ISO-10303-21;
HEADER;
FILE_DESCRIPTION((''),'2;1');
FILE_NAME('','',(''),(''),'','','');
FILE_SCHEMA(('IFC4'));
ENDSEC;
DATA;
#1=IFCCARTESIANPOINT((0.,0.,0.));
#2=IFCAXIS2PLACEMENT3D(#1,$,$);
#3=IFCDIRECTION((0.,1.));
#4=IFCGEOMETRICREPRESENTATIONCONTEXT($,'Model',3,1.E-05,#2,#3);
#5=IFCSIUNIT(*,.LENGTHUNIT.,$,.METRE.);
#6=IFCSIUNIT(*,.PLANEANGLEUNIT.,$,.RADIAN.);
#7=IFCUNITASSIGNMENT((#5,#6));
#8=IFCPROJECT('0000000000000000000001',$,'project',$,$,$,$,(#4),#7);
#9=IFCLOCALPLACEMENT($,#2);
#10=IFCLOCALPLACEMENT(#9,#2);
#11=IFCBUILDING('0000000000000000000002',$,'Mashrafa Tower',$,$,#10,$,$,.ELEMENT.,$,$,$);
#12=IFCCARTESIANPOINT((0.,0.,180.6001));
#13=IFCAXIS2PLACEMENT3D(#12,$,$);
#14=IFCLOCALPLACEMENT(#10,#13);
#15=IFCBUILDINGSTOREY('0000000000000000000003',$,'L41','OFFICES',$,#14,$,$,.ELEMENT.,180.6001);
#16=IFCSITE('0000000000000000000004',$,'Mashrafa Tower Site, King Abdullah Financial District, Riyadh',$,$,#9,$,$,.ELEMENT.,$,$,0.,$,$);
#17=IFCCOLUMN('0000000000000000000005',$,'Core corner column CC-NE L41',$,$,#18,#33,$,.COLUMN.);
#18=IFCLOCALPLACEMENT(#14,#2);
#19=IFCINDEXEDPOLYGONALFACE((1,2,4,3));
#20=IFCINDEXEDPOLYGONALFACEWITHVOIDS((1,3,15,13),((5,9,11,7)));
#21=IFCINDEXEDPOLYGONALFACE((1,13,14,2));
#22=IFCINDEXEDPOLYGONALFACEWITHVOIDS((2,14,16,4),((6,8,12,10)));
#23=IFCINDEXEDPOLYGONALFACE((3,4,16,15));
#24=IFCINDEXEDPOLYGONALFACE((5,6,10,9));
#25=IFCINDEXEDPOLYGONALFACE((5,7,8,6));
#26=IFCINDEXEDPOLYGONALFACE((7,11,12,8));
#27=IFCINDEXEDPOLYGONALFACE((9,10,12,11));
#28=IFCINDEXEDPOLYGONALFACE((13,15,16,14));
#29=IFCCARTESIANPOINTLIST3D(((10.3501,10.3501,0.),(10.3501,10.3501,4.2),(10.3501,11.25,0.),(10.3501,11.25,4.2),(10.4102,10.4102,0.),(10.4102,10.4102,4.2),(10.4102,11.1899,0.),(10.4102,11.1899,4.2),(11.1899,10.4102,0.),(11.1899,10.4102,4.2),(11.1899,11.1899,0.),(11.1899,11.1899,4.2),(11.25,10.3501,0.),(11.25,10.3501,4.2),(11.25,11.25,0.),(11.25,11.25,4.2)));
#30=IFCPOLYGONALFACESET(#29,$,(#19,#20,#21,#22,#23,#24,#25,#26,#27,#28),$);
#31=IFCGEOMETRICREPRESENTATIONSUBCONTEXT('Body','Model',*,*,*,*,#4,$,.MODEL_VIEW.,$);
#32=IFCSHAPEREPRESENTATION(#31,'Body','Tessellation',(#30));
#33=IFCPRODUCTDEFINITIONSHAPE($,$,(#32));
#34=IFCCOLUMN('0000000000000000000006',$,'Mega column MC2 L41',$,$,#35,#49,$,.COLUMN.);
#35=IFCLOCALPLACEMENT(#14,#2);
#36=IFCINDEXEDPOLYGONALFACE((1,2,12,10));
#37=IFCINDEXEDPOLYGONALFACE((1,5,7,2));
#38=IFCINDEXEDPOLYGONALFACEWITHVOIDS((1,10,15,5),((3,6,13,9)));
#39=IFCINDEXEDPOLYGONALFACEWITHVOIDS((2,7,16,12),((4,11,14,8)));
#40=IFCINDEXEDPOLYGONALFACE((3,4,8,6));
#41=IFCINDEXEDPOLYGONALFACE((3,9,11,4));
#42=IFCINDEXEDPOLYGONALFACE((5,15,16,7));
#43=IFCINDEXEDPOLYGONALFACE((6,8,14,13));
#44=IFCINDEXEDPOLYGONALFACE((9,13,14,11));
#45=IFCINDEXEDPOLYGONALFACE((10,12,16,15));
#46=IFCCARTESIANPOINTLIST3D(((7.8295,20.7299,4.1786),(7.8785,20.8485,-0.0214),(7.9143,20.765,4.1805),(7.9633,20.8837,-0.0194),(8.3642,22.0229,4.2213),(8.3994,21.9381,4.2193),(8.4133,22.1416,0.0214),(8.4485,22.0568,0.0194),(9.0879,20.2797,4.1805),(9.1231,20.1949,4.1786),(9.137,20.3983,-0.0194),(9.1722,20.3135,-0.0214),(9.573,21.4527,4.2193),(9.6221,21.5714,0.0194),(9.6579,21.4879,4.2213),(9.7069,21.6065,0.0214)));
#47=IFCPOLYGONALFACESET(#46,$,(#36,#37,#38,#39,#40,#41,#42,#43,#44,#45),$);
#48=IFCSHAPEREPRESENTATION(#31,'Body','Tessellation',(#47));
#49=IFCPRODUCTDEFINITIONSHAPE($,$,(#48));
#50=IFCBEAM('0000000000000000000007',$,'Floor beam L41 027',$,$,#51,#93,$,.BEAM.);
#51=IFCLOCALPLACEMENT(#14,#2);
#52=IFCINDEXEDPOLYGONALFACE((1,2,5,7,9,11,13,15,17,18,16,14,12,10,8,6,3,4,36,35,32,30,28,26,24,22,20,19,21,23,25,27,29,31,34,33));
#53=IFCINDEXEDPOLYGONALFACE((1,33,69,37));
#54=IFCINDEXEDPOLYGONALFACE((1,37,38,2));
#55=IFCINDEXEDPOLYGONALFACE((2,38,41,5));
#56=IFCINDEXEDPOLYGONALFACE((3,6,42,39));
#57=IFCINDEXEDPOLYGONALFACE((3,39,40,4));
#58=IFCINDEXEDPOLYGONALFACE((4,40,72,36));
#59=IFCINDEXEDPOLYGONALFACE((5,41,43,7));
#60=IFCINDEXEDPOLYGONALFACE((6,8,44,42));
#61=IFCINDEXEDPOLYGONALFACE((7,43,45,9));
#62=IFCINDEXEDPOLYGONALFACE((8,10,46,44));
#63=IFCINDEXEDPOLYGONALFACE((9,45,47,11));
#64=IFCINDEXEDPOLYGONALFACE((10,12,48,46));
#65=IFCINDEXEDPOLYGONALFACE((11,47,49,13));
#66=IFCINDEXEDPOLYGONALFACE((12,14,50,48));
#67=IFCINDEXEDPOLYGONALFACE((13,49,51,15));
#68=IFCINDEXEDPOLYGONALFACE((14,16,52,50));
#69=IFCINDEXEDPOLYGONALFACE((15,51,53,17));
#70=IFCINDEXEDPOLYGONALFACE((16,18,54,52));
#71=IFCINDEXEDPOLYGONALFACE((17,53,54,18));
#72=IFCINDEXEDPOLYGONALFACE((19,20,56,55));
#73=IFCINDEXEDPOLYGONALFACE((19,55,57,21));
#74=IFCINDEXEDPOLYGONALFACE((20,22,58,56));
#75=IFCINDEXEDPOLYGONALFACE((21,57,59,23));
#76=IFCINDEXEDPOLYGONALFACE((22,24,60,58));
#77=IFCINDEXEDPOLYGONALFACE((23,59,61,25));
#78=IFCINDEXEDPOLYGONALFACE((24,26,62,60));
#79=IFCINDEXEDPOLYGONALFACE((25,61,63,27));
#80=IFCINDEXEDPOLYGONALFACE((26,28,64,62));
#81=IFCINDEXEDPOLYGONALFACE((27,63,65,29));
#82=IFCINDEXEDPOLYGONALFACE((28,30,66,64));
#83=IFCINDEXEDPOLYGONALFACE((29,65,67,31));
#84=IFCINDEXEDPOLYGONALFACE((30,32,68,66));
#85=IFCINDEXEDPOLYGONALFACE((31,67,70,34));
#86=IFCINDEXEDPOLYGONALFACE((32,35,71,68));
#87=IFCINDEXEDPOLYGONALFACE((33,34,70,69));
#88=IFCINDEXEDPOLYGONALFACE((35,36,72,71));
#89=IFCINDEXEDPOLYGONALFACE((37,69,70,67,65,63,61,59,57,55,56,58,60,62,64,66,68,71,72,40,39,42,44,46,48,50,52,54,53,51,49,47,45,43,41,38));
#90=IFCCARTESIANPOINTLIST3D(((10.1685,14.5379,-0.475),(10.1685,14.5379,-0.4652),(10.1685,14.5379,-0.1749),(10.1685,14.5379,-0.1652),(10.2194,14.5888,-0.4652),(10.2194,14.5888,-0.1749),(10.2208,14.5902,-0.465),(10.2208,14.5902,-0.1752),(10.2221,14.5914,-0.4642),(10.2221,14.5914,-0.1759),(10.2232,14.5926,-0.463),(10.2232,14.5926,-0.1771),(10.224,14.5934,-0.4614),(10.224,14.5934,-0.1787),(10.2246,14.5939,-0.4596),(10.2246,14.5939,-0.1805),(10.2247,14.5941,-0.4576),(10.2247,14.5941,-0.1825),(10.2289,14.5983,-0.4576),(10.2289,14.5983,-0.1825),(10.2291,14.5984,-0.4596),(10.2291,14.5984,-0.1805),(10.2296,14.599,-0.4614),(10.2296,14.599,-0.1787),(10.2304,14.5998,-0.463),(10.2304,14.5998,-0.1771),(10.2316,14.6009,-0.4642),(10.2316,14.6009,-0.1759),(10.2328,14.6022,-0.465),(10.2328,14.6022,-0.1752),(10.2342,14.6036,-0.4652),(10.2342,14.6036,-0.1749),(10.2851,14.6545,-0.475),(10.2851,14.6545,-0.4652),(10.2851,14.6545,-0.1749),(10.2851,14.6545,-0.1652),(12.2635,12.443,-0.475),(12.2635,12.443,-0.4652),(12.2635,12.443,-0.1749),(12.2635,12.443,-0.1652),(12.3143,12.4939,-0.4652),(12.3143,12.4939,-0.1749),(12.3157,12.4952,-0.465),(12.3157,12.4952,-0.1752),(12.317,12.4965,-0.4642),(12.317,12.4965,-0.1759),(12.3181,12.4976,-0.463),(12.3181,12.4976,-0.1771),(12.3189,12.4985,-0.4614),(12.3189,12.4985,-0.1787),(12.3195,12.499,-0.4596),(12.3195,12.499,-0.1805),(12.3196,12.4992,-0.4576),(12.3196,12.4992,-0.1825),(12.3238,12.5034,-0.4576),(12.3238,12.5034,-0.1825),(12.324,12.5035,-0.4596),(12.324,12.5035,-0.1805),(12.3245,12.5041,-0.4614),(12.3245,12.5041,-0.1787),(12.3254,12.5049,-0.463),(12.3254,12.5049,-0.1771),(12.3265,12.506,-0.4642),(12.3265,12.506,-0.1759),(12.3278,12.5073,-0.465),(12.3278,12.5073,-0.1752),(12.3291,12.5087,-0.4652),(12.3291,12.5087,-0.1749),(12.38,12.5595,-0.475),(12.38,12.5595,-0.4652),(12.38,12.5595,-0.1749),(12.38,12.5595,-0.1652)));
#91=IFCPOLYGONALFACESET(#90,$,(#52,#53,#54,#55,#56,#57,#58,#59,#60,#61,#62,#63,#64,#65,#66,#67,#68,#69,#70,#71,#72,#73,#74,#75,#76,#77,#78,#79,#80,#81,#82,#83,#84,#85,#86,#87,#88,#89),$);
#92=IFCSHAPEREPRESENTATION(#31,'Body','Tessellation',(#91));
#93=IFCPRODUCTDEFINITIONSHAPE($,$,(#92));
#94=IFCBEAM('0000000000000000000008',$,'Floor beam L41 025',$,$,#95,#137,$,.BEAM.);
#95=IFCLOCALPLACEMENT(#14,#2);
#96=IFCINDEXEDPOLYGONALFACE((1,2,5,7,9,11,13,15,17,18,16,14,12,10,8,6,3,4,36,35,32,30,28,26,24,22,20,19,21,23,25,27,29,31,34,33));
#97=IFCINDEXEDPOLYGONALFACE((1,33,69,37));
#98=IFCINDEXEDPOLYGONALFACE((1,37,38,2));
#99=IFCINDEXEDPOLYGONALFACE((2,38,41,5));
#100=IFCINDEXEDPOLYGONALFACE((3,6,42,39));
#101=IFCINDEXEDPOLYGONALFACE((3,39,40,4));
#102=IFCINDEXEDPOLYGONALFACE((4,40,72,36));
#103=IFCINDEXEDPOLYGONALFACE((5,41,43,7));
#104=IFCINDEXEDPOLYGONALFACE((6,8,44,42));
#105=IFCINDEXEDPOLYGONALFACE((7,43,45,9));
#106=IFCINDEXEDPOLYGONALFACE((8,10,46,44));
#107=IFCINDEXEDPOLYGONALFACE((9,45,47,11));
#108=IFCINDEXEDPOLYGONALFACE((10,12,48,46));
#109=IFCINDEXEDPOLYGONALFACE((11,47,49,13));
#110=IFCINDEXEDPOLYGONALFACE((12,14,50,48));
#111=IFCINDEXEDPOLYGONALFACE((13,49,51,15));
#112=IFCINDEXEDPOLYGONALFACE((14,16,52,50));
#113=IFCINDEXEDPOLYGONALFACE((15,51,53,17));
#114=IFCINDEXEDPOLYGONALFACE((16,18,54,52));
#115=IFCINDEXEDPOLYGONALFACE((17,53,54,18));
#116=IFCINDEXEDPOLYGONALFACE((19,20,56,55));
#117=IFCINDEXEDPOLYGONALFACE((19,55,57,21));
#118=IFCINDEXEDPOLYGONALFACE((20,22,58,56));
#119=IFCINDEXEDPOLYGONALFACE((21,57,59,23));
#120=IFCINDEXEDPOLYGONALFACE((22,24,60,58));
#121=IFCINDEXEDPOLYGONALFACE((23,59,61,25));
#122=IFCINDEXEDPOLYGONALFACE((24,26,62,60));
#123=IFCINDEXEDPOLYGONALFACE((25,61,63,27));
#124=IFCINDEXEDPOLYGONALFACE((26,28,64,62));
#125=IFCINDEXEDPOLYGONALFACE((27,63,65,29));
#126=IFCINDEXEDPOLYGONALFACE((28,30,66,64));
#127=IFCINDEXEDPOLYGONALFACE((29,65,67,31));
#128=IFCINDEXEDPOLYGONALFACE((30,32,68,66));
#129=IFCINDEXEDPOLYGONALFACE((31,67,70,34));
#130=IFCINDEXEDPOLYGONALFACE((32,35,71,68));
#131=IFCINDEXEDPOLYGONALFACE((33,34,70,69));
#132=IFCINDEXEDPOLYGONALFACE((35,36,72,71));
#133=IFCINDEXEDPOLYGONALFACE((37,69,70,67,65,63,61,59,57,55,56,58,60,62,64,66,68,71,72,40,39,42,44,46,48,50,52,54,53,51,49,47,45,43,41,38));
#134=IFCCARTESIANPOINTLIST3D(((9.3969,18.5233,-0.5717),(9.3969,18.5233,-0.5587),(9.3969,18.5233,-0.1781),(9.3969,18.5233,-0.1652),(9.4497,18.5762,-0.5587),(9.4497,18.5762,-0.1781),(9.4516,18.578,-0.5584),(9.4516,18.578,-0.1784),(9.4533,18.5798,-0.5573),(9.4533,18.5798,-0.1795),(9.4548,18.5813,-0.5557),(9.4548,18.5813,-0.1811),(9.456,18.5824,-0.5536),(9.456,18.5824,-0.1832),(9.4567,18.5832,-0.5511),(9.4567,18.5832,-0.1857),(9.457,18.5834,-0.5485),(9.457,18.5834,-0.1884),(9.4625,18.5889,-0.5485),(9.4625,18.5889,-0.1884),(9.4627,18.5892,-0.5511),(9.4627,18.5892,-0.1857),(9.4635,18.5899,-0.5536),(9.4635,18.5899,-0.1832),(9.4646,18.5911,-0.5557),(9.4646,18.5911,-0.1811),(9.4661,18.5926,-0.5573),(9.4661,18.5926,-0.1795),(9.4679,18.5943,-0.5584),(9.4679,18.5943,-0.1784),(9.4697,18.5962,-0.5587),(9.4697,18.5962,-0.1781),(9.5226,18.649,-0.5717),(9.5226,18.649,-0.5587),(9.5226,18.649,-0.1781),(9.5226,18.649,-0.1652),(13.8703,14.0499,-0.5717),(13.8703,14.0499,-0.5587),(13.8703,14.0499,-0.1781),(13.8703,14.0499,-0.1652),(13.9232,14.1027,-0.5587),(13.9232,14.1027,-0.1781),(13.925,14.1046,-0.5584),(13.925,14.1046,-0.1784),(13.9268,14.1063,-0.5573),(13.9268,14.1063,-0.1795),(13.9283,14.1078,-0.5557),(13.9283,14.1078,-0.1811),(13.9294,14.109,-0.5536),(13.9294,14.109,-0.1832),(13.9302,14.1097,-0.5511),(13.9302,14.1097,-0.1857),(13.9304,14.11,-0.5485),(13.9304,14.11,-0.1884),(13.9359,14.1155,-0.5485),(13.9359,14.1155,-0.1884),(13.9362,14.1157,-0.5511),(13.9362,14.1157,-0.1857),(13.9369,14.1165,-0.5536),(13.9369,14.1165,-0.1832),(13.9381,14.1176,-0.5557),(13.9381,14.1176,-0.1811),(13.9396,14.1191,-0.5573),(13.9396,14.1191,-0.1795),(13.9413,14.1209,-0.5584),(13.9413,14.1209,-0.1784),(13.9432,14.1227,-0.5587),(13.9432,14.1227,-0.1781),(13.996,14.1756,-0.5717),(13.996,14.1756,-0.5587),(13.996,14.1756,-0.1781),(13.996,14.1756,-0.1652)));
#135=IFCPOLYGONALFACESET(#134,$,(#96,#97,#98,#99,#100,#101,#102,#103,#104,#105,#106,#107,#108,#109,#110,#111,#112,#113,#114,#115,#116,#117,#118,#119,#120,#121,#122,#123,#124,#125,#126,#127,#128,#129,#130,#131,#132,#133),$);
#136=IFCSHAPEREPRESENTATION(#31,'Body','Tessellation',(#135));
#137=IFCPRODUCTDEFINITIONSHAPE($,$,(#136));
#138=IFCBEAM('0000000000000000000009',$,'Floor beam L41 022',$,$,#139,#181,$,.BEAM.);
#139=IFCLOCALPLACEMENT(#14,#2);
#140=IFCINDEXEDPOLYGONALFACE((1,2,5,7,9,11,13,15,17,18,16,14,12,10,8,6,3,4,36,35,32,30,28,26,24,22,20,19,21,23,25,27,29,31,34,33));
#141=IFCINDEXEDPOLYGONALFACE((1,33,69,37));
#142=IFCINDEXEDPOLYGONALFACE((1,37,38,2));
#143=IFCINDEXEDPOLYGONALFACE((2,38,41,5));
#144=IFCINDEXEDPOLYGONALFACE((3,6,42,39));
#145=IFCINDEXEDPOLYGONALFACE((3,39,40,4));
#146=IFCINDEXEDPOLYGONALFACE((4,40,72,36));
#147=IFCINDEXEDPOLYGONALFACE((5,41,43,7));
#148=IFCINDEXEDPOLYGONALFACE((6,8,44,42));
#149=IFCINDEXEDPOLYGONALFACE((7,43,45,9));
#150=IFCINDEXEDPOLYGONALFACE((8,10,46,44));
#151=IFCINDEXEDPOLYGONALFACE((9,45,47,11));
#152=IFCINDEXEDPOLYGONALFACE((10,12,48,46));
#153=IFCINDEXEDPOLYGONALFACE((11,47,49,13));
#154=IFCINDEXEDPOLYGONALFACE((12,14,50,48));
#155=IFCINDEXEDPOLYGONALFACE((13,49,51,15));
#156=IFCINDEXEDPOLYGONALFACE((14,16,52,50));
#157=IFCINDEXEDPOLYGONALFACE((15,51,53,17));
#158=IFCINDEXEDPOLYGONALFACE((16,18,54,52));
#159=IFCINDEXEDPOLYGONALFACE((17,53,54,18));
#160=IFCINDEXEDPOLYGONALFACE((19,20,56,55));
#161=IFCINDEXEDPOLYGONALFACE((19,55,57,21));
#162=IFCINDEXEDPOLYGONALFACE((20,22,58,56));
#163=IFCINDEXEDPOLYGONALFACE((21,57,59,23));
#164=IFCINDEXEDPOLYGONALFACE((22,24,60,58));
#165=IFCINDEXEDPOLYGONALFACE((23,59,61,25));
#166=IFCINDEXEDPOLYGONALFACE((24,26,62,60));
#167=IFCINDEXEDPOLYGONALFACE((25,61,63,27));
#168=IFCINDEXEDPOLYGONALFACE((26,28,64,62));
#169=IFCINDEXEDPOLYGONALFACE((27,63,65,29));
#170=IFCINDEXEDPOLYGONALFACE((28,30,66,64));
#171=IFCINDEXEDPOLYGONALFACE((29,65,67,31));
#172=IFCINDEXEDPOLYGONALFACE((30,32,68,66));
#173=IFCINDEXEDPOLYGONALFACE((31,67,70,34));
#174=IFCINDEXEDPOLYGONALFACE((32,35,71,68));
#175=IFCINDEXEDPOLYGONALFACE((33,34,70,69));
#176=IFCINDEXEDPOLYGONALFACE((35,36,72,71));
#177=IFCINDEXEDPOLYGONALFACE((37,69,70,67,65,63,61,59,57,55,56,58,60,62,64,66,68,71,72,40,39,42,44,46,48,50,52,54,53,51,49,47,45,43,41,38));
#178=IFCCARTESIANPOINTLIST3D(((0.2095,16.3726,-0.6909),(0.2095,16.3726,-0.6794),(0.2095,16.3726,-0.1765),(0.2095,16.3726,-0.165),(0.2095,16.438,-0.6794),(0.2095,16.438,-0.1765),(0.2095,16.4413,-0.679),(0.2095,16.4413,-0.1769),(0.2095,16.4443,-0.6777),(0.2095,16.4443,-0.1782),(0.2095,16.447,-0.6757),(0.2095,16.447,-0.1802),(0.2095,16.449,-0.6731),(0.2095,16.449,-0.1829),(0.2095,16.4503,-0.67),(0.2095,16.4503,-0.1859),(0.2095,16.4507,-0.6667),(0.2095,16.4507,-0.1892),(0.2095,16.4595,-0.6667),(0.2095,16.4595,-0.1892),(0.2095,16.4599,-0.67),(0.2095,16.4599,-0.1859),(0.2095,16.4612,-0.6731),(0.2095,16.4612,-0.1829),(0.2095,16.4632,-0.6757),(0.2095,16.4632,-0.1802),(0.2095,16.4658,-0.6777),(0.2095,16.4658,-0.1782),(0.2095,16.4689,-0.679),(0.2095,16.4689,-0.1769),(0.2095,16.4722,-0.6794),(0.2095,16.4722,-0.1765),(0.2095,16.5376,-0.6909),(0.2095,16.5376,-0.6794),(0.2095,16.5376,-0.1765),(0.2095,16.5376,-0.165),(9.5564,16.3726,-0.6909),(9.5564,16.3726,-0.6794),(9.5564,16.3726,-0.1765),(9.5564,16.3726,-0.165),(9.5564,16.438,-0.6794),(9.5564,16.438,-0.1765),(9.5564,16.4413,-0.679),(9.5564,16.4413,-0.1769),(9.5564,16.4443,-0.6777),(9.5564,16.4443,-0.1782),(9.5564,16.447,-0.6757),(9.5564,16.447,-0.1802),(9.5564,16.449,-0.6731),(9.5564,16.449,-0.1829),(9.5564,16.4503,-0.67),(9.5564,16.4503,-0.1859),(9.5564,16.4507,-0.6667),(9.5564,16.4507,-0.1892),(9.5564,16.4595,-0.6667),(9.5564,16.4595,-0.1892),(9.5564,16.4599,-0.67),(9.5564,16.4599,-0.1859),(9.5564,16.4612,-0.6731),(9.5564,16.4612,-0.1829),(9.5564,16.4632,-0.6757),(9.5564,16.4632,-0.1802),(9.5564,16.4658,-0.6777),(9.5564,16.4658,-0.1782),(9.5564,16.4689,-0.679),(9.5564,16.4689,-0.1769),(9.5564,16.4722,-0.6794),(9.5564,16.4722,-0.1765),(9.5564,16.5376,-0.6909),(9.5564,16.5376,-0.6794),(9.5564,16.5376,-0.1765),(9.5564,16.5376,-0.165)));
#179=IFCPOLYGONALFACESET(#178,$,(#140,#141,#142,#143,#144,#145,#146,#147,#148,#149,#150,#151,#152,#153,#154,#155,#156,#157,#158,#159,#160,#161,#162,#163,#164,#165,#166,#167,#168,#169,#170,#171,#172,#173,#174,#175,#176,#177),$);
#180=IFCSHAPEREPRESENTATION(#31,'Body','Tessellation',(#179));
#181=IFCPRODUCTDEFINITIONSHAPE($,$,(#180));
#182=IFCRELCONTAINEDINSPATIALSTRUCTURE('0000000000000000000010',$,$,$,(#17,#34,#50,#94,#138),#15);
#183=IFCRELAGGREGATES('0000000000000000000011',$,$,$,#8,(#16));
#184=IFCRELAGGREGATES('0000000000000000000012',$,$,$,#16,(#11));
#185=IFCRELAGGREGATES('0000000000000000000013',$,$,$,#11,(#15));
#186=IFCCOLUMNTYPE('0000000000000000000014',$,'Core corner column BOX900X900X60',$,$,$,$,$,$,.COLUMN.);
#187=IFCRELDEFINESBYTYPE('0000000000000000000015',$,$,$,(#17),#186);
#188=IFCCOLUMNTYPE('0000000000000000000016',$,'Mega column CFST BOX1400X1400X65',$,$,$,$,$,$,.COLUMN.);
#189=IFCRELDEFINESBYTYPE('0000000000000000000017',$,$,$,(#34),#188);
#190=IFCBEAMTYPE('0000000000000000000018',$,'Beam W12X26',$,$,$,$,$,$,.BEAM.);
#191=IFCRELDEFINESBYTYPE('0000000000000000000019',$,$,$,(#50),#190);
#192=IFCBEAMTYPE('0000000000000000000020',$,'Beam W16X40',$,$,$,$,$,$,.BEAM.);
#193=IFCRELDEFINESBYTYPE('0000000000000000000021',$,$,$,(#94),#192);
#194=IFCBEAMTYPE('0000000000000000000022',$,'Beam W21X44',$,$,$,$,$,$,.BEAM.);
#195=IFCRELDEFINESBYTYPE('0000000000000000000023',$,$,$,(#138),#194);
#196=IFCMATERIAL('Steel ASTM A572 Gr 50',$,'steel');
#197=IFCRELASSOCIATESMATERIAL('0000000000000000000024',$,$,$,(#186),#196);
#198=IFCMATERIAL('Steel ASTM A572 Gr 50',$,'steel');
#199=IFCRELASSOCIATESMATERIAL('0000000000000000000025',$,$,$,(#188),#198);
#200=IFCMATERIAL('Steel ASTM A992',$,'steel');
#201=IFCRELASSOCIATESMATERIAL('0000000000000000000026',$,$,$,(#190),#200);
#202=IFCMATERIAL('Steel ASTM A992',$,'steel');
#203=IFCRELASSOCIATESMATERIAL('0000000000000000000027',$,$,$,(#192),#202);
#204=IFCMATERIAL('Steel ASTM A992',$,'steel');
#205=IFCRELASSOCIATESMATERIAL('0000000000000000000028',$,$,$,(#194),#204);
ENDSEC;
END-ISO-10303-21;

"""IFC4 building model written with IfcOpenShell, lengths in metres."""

from ifc_helpers import new_model, si_unit, direction, frame, origin, origin_2d, place, context, subcontext, project, spatial, hollow_rectangle, i_section, extrude, material, material_profile, profile_set, type_object, element, save


model = new_model("IFC4")

# Units and contexts
model_context = context("Model", 3, precision=1e-05, world=origin(), true_north=direction((0.0, 1.0)))
body_context = subcontext(model_context, "Body", "Model", "MODEL_VIEW")
ifc_project = project(units=[si_unit("LENGTHUNIT", "METRE"), si_unit("PLANEANGLEUNIT", "RADIAN")], contexts=[model_context])

# Site, building, storey
site_placement = place(None, origin())
site = spatial("IfcSite", under=ifc_project, at=site_placement, Name="Mashrafa Tower Site, King Abdullah Financial District, Riyadh", CompositionType="ELEMENT", RefElevation=0.0)
building_placement = place(site_placement, origin())
building = spatial("IfcBuilding", under=site, at=building_placement, Name="Mashrafa Tower", CompositionType="ELEMENT")
storey_placement = place(building_placement, frame((0.0, 0.0, 180.6001)))
storey = spatial("IfcBuildingStorey", under=building, at=storey_placement, Name="L41", Description="OFFICES", CompositionType="ELEMENT", Elevation=180.6001)

# Columns
ifc_material_1 = material(Name="Steel ASTM A572 Gr 50", Category="steel")
ifc_material_profile_1 = material_profile(ifc_material_1, hollow_rectangle(XDim=0.8999, YDim=0.8999, WallThickness=0.0601, at=origin_2d()), Name="BOX900X900X60")
ifc_profile_set_1 = profile_set([ifc_material_profile_1], Name="Steel ASTM A572 Gr 50")
column_type_1 = type_object("IfcColumnType", Name="Core corner column BOX900X900X60", PredefinedType="COLUMN", material=ifc_profile_set_1)
column_1_placement = place(storey_placement, frame((10.8, 10.8, 0.0), z_axis=(0.0, 0.0, 1.0), x_axis=(1.0, 0.0, 0.0)))
element("IfcColumn", 1, at=column_1_placement, inside=storey, type_object=column_type_1, Name="Core corner column CC-NE L41", PredefinedType="COLUMN", context=body_context, shape_type="SweptSolid", body=[
    extrude(hollow_rectangle(XDim=0.8999, YDim=0.8999, WallThickness=0.0601, at=origin_2d()), origin(), (0.0, 0.0, 1.0), 4.2),
])
ifc_material_2 = material(Name="Steel ASTM A572 Gr 50", Category="steel")
ifc_material_profile_2 = material_profile(ifc_material_2, hollow_rectangle(XDim=1.3999, YDim=1.3999, WallThickness=0.0649, at=origin_2d()), Name="BOX1400X1400X65")
ifc_profile_set_2 = profile_set([ifc_material_profile_2], Name="Steel ASTM A572 Gr 50")
column_type_2 = type_object("IfcColumnType", Name="Mega column CFST BOX1400X1400X65", PredefinedType="COLUMN", material=ifc_profile_set_2)
column_2_placement = place(storey_placement, frame((8.7927, 21.2275, 0.0), z_axis=(-0.011679, -0.028238, 0.999533), x_axis=(0.924086, -0.382184, 0.0)))
element("IfcColumn", 2, at=column_2_placement, inside=storey, type_object=column_type_2, Name="Mega column MC2 L41", PredefinedType="COLUMN", context=body_context, shape_type="SweptSolid", body=[
    extrude(hollow_rectangle(XDim=1.3999, YDim=1.3999, WallThickness=0.0649, at=origin_2d()), origin(), (0.0, 0.0, 1.0), 4.2019),
])

# Beams
ifc_material_3 = material(Name="Steel ASTM A992", Category="steel")
ifc_material_profile_3 = material_profile(ifc_material_3, i_section(OverallWidth=0.1648, OverallDepth=0.3098, WebThickness=0.0059, FlangeThickness=0.0098, FilletRadius=0.0076, at=origin_2d()), Name="W12X26")
ifc_profile_set_3 = profile_set([ifc_material_profile_3], Name="Steel ASTM A992")
beam_type_1 = type_object("IfcBeamType", Name="Beam W12X26", PredefinedType="BEAM", material=ifc_profile_set_3)
beam_1_placement = place(storey_placement, frame((10.2268, 14.5962, -0.3201), z_axis=(0.707107, -0.707107, 0.0), x_axis=(0.707107, 0.707107, 0.0)))
element("IfcBeam", 3, at=beam_1_placement, inside=storey, type_object=beam_type_1, Name="Floor beam L41 027", PredefinedType="BEAM", context=body_context, shape_type="SweptSolid", body=[
    extrude(i_section(OverallWidth=0.1648, OverallDepth=0.3098, WebThickness=0.0059, FlangeThickness=0.0098, FilletRadius=0.0076, at=origin_2d()), origin(), (0.0, 0.0, 1.0), 2.9626),
])
ifc_material_4 = material(Name="Steel ASTM A992", Category="steel")
ifc_material_profile_4 = material_profile(ifc_material_4, i_section(OverallWidth=0.1777, OverallDepth=0.4065, WebThickness=0.0078, FlangeThickness=0.0129, FilletRadius=0.0103, at=origin_2d()), Name="W16X40")
ifc_profile_set_4 = profile_set([ifc_material_profile_4], Name="Steel ASTM A992")
beam_type_2 = type_object("IfcBeamType", Name="Beam W16X40", PredefinedType="BEAM", material=ifc_profile_set_4)
beam_2_placement = place(storey_placement, frame((9.4597, 18.5862, -0.3684), z_axis=(0.707107, -0.707107, 0.0), x_axis=(0.707107, 0.707107, 0.0)))
element("IfcBeam", 4, at=beam_2_placement, inside=storey, type_object=beam_type_2, Name="Floor beam L41 025", PredefinedType="BEAM", context=body_context, shape_type="SweptSolid", body=[
    extrude(i_section(OverallWidth=0.1777, OverallDepth=0.4065, WebThickness=0.0078, FlangeThickness=0.0129, FilletRadius=0.0103, at=origin_2d()), origin(), (0.0, 0.0, 1.0), 6.3264),
])
ifc_material_5 = material(Name="Steel ASTM A992", Category="steel")
ifc_material_profile_5 = material_profile(ifc_material_5, i_section(OverallWidth=0.165, OverallDepth=0.5259, WebThickness=0.0088, FlangeThickness=0.0115, FilletRadius=0.0127, at=origin_2d()), Name="W21X44")
ifc_profile_set_5 = profile_set([ifc_material_profile_5], Name="Steel ASTM A992")
beam_type_3 = type_object("IfcBeamType", Name="Beam W21X44", PredefinedType="BEAM", material=ifc_profile_set_5)
beam_3_placement = place(storey_placement, frame((0.2095, 16.4551, -0.428), z_axis=(1.0, 0.0, 0.0), x_axis=(0.0, 1.0, 0.0)))
element("IfcBeam", 5, at=beam_3_placement, inside=storey, type_object=beam_type_3, Name="Floor beam L41 022", PredefinedType="BEAM", context=body_context, shape_type="SweptSolid", body=[
    extrude(i_section(OverallWidth=0.165, OverallDepth=0.5259, WebThickness=0.0088, FlangeThickness=0.0115, FilletRadius=0.0127, at=origin_2d()), origin(), (0.0, 0.0, 1.0), 9.3469),
])

save(model, "model.ifc")
